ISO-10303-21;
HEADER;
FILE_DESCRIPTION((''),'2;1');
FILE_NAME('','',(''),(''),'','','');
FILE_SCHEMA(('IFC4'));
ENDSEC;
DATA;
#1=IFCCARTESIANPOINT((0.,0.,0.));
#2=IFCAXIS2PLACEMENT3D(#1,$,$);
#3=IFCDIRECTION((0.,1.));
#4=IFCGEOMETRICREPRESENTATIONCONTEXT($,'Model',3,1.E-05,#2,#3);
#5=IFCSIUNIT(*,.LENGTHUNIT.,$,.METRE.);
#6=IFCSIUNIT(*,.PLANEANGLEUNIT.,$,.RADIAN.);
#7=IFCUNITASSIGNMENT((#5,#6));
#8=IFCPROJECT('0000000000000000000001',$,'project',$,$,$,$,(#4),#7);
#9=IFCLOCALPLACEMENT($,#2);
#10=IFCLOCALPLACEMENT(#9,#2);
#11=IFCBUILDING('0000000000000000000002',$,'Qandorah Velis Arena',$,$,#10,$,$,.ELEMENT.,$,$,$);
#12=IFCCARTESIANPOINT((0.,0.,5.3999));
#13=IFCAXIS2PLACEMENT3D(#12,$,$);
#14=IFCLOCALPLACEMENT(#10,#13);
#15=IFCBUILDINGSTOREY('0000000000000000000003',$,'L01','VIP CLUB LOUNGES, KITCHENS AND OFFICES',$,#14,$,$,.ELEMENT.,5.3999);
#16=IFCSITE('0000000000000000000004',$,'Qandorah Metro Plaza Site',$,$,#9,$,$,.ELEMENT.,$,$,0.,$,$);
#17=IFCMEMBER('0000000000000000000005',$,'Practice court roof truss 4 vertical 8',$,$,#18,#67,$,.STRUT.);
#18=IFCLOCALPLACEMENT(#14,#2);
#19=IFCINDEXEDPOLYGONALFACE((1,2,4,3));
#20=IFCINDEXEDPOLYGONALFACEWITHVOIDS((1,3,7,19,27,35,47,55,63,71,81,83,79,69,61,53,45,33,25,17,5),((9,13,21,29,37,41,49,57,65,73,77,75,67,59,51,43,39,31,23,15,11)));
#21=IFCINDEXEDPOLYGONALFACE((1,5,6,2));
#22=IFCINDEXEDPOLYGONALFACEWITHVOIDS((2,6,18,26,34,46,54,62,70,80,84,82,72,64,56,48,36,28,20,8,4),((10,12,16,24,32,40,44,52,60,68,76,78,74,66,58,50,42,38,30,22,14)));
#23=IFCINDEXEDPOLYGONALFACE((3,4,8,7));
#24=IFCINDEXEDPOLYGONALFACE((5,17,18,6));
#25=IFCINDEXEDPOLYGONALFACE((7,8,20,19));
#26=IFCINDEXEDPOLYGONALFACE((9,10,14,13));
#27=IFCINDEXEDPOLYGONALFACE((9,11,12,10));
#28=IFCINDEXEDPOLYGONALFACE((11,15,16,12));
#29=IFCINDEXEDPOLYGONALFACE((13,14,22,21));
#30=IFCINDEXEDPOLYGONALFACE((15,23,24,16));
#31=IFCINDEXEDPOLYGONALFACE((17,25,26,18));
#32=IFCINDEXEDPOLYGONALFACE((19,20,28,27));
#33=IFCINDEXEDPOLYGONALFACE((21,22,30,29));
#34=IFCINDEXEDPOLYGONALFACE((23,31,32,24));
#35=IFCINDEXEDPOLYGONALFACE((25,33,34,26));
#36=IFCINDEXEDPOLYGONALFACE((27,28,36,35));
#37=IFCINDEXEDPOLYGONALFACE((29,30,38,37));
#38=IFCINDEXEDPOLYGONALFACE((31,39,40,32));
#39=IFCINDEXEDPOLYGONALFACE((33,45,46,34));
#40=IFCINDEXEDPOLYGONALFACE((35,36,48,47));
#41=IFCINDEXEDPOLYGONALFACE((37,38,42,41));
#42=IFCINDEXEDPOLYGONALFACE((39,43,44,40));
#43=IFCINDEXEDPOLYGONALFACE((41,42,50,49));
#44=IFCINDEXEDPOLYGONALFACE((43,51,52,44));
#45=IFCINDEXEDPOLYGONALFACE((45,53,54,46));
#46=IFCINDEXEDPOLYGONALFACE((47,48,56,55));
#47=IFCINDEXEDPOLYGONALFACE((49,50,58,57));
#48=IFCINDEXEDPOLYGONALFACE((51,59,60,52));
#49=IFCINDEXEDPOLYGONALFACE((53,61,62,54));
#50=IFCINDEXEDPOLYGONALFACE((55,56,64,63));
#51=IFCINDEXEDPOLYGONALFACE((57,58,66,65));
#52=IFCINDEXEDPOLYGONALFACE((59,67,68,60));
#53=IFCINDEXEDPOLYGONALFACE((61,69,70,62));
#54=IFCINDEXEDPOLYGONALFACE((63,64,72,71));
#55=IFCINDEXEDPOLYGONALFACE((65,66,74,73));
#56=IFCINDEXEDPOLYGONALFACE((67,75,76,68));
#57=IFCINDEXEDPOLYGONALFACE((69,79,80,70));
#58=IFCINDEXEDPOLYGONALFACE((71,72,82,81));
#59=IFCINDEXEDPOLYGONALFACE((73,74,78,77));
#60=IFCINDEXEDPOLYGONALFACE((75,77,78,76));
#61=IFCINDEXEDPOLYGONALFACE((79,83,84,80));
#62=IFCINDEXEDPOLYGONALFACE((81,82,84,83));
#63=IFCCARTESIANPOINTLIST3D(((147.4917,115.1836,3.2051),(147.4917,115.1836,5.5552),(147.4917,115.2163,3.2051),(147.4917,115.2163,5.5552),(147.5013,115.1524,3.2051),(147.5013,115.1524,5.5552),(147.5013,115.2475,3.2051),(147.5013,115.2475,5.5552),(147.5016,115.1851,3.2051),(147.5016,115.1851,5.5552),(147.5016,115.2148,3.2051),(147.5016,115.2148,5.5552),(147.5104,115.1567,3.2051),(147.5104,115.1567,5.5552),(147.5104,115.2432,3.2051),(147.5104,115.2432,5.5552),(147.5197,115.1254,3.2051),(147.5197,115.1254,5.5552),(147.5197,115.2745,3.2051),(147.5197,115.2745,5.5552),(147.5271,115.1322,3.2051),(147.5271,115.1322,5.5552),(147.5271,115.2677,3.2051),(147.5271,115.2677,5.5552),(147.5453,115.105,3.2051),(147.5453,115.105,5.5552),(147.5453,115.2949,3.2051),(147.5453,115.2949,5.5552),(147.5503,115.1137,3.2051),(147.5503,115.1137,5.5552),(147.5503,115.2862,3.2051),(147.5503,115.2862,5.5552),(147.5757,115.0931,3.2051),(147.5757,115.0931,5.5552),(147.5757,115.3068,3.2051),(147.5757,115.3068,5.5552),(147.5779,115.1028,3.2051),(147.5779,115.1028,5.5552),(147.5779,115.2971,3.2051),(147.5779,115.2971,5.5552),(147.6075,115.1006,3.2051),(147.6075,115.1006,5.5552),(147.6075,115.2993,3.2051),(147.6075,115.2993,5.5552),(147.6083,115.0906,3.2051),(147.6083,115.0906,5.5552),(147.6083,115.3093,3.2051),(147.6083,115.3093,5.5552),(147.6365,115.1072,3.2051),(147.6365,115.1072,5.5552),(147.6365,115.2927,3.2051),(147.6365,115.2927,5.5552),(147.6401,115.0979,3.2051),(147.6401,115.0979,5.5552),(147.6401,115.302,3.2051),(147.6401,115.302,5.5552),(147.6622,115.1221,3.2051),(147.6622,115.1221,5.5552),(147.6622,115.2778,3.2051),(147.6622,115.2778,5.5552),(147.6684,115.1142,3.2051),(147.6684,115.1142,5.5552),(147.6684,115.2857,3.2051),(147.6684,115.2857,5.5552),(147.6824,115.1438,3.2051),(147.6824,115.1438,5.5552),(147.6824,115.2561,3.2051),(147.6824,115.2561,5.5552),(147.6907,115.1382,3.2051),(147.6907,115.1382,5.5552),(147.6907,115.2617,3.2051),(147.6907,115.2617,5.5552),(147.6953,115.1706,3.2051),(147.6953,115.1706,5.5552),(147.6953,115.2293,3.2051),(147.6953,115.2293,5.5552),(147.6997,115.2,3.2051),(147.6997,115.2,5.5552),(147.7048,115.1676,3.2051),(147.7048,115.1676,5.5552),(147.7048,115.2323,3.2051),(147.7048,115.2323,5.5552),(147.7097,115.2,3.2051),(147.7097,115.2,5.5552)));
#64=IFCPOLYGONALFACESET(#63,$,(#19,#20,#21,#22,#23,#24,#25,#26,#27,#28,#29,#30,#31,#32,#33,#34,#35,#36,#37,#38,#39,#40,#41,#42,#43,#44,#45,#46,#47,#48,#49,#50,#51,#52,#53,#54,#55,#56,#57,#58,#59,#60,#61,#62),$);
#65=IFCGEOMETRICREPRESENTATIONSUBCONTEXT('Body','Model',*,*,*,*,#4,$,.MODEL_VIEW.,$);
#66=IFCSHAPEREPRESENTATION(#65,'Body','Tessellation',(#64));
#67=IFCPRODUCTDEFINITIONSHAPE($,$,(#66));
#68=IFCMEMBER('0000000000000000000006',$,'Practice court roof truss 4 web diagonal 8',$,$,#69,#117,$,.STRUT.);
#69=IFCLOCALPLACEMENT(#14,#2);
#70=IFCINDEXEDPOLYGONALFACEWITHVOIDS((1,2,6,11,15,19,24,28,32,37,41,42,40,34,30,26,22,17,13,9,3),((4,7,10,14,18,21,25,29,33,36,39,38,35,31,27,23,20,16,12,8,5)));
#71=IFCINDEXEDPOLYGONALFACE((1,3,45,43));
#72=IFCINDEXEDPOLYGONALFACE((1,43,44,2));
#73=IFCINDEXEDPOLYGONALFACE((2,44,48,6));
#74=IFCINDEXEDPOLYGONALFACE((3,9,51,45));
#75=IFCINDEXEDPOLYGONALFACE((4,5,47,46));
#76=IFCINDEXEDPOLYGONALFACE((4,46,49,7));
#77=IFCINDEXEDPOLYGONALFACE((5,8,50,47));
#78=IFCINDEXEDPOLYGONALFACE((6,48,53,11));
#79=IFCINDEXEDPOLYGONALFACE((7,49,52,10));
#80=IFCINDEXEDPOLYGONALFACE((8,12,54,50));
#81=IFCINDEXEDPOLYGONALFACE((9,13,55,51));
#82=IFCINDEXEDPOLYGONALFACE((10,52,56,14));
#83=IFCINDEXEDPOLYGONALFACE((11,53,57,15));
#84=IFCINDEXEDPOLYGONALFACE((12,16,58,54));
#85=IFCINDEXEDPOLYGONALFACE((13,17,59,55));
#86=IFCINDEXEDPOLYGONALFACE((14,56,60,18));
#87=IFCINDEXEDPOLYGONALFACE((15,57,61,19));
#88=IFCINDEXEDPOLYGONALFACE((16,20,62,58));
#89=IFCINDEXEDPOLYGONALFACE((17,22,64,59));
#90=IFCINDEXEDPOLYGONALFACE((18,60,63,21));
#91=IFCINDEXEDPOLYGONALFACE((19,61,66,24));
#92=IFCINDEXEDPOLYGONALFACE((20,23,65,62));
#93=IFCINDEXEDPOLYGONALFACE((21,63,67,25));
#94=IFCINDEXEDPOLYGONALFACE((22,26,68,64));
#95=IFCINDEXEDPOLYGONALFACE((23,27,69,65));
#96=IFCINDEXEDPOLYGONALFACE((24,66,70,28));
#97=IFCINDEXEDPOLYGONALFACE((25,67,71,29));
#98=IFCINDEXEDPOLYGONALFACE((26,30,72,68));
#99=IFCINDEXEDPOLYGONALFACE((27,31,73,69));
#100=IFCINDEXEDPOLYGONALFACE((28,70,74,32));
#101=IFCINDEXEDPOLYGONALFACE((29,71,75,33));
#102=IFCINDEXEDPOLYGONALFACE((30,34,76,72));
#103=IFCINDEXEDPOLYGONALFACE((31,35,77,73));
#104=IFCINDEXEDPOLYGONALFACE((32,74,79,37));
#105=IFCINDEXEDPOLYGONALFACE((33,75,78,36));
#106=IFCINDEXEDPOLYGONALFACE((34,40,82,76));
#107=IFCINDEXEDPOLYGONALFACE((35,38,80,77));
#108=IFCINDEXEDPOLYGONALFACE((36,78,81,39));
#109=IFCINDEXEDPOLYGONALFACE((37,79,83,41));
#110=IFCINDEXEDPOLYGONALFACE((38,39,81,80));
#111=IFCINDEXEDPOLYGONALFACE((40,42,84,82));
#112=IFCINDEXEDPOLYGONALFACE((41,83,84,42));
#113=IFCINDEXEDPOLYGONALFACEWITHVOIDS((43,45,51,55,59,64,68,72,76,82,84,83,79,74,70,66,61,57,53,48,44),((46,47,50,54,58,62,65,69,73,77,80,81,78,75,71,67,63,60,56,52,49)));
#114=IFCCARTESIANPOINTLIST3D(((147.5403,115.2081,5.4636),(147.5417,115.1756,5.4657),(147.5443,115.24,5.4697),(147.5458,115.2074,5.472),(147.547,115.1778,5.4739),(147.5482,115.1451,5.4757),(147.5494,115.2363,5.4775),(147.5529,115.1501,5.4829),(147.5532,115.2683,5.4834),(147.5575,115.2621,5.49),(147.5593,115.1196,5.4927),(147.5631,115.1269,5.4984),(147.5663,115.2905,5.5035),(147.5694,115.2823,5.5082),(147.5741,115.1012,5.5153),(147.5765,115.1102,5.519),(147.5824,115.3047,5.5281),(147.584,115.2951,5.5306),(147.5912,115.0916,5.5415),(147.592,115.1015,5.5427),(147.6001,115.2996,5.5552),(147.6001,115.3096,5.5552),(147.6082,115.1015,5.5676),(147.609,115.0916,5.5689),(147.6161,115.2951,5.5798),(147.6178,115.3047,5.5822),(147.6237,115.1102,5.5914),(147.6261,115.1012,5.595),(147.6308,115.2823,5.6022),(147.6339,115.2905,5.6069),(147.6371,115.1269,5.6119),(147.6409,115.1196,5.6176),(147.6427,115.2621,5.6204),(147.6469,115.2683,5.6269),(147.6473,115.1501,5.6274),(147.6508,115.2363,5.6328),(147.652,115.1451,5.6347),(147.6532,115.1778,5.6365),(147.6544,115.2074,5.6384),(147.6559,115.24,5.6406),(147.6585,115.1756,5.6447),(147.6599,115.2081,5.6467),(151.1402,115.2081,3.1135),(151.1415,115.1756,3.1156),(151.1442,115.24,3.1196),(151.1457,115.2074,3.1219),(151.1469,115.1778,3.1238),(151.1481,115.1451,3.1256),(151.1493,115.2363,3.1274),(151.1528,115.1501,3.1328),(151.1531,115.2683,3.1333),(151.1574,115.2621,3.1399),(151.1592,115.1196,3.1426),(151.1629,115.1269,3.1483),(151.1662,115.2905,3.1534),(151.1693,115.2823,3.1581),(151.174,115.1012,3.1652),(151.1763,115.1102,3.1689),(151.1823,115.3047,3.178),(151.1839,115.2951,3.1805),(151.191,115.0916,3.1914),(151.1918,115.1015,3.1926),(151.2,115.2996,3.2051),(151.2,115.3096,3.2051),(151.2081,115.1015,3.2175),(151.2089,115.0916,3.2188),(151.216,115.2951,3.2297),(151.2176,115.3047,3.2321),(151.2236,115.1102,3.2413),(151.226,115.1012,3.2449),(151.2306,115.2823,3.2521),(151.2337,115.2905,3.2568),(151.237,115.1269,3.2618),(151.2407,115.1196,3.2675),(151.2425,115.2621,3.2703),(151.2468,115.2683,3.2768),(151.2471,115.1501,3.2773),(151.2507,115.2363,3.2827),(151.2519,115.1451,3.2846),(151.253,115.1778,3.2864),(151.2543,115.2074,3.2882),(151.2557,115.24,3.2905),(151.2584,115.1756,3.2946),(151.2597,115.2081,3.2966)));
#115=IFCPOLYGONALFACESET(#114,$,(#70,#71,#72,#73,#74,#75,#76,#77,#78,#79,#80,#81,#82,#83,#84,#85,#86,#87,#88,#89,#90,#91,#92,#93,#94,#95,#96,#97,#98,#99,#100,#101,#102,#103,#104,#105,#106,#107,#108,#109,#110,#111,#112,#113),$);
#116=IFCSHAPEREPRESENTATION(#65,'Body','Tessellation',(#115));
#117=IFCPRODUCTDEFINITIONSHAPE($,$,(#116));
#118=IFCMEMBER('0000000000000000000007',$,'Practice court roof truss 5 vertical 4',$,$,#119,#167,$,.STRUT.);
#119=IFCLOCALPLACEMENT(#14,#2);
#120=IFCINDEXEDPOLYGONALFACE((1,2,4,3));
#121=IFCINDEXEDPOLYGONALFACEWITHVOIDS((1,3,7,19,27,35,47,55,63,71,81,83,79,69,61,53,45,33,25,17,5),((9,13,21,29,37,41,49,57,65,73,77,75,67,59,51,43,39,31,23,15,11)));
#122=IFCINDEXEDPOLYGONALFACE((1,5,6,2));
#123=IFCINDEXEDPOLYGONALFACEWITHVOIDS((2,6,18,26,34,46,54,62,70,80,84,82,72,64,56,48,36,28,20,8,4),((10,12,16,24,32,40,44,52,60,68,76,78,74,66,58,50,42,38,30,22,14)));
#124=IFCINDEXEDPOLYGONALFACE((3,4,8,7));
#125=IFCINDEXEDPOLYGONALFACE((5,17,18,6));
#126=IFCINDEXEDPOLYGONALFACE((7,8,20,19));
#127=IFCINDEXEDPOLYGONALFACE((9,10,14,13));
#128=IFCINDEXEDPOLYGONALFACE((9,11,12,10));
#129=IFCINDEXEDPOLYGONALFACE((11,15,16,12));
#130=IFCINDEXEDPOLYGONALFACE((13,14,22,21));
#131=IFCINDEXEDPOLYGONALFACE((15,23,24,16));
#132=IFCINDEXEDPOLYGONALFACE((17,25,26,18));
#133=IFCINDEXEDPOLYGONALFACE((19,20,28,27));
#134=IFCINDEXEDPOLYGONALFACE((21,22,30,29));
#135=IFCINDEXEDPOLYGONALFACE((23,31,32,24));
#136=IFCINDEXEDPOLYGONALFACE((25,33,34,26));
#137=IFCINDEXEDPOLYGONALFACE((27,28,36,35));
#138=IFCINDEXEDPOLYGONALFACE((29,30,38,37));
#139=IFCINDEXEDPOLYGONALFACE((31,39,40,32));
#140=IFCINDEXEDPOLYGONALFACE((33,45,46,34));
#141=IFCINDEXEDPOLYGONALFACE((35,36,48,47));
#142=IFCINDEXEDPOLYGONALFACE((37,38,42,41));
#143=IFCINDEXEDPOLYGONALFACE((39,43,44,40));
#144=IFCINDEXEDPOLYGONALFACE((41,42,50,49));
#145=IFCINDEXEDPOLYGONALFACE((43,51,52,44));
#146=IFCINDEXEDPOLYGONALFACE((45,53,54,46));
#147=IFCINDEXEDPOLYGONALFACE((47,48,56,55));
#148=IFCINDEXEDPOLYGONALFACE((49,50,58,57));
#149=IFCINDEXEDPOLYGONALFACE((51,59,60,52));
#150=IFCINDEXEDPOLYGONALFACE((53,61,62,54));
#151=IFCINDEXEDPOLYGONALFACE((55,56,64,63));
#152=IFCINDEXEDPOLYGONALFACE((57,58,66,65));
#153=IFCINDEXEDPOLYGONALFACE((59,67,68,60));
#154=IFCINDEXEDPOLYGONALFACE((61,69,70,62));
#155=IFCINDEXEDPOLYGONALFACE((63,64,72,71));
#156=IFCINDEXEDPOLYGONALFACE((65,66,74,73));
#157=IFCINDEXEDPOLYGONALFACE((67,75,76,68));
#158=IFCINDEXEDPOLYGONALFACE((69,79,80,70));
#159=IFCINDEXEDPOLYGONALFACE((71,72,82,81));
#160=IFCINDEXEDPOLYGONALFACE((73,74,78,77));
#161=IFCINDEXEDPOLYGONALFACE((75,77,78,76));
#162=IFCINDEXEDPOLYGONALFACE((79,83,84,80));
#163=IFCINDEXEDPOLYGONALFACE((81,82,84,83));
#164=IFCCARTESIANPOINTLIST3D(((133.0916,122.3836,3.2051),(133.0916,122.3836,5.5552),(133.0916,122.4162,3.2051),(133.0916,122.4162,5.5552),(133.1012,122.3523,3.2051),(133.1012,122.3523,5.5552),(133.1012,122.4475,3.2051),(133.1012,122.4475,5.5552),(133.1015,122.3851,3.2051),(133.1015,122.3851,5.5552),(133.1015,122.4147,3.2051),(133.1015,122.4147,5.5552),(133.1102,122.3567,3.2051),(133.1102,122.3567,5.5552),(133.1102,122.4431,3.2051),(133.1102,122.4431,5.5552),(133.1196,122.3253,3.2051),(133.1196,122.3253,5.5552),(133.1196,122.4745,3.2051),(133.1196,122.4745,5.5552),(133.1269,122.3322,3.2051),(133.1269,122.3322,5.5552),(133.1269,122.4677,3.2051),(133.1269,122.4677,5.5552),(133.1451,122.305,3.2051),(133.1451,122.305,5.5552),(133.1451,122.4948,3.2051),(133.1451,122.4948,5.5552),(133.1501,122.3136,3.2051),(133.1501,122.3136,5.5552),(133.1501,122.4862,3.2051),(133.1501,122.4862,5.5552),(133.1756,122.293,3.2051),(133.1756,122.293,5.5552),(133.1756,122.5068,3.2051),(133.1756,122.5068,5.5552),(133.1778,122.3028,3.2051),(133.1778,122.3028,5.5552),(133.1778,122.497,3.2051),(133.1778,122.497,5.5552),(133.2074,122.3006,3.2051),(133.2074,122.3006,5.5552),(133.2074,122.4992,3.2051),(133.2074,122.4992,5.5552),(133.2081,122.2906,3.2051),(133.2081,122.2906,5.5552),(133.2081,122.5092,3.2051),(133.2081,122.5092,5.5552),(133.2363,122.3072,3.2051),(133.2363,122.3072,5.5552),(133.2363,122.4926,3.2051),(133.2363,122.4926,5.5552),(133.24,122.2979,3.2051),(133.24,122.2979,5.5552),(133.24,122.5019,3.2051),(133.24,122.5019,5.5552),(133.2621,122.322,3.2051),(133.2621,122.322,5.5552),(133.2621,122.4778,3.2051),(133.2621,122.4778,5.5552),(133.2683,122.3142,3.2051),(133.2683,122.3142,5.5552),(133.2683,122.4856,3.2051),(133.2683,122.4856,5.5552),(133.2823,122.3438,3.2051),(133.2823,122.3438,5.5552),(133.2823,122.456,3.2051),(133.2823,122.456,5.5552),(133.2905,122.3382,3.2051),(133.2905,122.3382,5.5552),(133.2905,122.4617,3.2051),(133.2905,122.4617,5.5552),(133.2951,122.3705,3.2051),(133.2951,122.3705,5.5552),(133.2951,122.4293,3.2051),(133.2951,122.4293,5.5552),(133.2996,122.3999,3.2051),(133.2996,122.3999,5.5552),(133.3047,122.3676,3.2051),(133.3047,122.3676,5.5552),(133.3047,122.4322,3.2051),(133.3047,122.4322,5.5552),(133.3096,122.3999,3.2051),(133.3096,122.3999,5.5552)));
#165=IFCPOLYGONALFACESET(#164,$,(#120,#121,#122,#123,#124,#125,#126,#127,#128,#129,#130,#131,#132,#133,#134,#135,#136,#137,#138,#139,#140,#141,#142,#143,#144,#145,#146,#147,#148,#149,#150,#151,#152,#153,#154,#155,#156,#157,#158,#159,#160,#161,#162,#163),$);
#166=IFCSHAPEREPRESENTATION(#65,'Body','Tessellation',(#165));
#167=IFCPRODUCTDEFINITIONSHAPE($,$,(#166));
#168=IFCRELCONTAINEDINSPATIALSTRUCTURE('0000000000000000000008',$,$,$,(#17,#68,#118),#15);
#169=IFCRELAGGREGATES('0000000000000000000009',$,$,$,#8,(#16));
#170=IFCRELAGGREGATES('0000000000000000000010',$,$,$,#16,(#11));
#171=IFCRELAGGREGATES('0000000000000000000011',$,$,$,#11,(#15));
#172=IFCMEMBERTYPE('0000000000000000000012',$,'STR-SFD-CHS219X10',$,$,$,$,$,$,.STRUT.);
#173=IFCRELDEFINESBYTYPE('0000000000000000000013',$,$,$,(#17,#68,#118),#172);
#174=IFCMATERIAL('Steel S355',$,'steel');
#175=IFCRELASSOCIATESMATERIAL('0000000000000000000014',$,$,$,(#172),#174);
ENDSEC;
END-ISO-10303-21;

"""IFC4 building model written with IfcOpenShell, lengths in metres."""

from ifc_helpers import new_model, si_unit, direction, frame, origin, origin_2d, place, context, subcontext, project, spatial, hollow_circle, extrude, material, material_profile, profile_set, type_object, element, save


model = new_model("IFC4")

# Units and contexts
model_context = context("Model", 3, precision=1e-05, world=origin(), true_north=direction((0.0, 1.0)))
body_context = subcontext(model_context, "Body", "Model", "MODEL_VIEW")
ifc_project = project(units=[si_unit("LENGTHUNIT", "METRE"), si_unit("PLANEANGLEUNIT", "RADIAN")], contexts=[model_context])

# Site, building, storey
site_placement = place(None, origin())
site = spatial("IfcSite", under=ifc_project, at=site_placement, Name="Qandorah Metro Plaza Site", CompositionType="ELEMENT", RefElevation=0.0)
building_placement = place(site_placement, origin())
building = spatial("IfcBuilding", under=site, at=building_placement, Name="Qandorah Velis Arena", CompositionType="ELEMENT")
storey_placement = place(building_placement, frame((0.0, 0.0, 5.3999)))
storey = spatial("IfcBuildingStorey", under=building, at=storey_placement, Name="L01", Description="VIP CLUB LOUNGES, KITCHENS AND OFFICES", CompositionType="ELEMENT", Elevation=5.3999)

# Members
ifc_material_1 = material(Name="Steel S355", Category="steel")
ifc_material_profile_1 = material_profile(ifc_material_1, hollow_circle(Radius=0.1096, WallThickness=0.01, at=origin_2d()), Name="CHS 219.1x10")
ifc_profile_set_1 = profile_set([ifc_material_profile_1], Name="Steel S355")
member_type_1 = type_object("IfcMemberType", Name="STR-SFD-CHS219X10", PredefinedType="STRUT", material=ifc_profile_set_1)
member_1_placement = place(storey_placement, frame((147.6001, 115.2, 3.2051), z_axis=(0.0, 0.0, 1.0), x_axis=(1.0, 0.0, 0.0)))
element("IfcMember", 1, at=member_1_placement, inside=storey, type_object=member_type_1, Name="Practice court roof truss 4 vertical 8", PredefinedType="STRUT", context=body_context, shape_type="SweptSolid", body=[
    extrude(hollow_circle(Radius=0.1096, WallThickness=0.01, at=origin_2d()), origin(), (0.0, 0.0, 1.0), 2.3501),
])
member_2_placement = place(storey_placement, frame((147.6001, 115.2, 5.5552), z_axis=(0.837359, 0.0, -0.546654), x_axis=(0.0, 1.0, 0.0)))
element("IfcMember", 2, at=member_2_placement, inside=storey, type_object=member_type_1, Name="Practice court roof truss 4 web diagonal 8", PredefinedType="STRUT", context=body_context, shape_type="SweptSolid", body=[
    extrude(hollow_circle(Radius=0.1096, WallThickness=0.01, at=origin_2d()), origin(), (0.0, 0.0, 1.0), 4.2991),
])
member_3_placement = place(storey_placement, frame((133.2, 122.3999, 3.2051), z_axis=(0.0, 0.0, 1.0), x_axis=(1.0, 0.0, 0.0)))
element("IfcMember", 3, at=member_3_placement, inside=storey, type_object=member_type_1, Name="Practice court roof truss 5 vertical 4", PredefinedType="STRUT", context=body_context, shape_type="SweptSolid", body=[
    extrude(hollow_circle(Radius=0.1096, WallThickness=0.01, at=origin_2d()), origin(), (0.0, 0.0, 1.0), 2.3501),
])

save(model, "model.ifc")
